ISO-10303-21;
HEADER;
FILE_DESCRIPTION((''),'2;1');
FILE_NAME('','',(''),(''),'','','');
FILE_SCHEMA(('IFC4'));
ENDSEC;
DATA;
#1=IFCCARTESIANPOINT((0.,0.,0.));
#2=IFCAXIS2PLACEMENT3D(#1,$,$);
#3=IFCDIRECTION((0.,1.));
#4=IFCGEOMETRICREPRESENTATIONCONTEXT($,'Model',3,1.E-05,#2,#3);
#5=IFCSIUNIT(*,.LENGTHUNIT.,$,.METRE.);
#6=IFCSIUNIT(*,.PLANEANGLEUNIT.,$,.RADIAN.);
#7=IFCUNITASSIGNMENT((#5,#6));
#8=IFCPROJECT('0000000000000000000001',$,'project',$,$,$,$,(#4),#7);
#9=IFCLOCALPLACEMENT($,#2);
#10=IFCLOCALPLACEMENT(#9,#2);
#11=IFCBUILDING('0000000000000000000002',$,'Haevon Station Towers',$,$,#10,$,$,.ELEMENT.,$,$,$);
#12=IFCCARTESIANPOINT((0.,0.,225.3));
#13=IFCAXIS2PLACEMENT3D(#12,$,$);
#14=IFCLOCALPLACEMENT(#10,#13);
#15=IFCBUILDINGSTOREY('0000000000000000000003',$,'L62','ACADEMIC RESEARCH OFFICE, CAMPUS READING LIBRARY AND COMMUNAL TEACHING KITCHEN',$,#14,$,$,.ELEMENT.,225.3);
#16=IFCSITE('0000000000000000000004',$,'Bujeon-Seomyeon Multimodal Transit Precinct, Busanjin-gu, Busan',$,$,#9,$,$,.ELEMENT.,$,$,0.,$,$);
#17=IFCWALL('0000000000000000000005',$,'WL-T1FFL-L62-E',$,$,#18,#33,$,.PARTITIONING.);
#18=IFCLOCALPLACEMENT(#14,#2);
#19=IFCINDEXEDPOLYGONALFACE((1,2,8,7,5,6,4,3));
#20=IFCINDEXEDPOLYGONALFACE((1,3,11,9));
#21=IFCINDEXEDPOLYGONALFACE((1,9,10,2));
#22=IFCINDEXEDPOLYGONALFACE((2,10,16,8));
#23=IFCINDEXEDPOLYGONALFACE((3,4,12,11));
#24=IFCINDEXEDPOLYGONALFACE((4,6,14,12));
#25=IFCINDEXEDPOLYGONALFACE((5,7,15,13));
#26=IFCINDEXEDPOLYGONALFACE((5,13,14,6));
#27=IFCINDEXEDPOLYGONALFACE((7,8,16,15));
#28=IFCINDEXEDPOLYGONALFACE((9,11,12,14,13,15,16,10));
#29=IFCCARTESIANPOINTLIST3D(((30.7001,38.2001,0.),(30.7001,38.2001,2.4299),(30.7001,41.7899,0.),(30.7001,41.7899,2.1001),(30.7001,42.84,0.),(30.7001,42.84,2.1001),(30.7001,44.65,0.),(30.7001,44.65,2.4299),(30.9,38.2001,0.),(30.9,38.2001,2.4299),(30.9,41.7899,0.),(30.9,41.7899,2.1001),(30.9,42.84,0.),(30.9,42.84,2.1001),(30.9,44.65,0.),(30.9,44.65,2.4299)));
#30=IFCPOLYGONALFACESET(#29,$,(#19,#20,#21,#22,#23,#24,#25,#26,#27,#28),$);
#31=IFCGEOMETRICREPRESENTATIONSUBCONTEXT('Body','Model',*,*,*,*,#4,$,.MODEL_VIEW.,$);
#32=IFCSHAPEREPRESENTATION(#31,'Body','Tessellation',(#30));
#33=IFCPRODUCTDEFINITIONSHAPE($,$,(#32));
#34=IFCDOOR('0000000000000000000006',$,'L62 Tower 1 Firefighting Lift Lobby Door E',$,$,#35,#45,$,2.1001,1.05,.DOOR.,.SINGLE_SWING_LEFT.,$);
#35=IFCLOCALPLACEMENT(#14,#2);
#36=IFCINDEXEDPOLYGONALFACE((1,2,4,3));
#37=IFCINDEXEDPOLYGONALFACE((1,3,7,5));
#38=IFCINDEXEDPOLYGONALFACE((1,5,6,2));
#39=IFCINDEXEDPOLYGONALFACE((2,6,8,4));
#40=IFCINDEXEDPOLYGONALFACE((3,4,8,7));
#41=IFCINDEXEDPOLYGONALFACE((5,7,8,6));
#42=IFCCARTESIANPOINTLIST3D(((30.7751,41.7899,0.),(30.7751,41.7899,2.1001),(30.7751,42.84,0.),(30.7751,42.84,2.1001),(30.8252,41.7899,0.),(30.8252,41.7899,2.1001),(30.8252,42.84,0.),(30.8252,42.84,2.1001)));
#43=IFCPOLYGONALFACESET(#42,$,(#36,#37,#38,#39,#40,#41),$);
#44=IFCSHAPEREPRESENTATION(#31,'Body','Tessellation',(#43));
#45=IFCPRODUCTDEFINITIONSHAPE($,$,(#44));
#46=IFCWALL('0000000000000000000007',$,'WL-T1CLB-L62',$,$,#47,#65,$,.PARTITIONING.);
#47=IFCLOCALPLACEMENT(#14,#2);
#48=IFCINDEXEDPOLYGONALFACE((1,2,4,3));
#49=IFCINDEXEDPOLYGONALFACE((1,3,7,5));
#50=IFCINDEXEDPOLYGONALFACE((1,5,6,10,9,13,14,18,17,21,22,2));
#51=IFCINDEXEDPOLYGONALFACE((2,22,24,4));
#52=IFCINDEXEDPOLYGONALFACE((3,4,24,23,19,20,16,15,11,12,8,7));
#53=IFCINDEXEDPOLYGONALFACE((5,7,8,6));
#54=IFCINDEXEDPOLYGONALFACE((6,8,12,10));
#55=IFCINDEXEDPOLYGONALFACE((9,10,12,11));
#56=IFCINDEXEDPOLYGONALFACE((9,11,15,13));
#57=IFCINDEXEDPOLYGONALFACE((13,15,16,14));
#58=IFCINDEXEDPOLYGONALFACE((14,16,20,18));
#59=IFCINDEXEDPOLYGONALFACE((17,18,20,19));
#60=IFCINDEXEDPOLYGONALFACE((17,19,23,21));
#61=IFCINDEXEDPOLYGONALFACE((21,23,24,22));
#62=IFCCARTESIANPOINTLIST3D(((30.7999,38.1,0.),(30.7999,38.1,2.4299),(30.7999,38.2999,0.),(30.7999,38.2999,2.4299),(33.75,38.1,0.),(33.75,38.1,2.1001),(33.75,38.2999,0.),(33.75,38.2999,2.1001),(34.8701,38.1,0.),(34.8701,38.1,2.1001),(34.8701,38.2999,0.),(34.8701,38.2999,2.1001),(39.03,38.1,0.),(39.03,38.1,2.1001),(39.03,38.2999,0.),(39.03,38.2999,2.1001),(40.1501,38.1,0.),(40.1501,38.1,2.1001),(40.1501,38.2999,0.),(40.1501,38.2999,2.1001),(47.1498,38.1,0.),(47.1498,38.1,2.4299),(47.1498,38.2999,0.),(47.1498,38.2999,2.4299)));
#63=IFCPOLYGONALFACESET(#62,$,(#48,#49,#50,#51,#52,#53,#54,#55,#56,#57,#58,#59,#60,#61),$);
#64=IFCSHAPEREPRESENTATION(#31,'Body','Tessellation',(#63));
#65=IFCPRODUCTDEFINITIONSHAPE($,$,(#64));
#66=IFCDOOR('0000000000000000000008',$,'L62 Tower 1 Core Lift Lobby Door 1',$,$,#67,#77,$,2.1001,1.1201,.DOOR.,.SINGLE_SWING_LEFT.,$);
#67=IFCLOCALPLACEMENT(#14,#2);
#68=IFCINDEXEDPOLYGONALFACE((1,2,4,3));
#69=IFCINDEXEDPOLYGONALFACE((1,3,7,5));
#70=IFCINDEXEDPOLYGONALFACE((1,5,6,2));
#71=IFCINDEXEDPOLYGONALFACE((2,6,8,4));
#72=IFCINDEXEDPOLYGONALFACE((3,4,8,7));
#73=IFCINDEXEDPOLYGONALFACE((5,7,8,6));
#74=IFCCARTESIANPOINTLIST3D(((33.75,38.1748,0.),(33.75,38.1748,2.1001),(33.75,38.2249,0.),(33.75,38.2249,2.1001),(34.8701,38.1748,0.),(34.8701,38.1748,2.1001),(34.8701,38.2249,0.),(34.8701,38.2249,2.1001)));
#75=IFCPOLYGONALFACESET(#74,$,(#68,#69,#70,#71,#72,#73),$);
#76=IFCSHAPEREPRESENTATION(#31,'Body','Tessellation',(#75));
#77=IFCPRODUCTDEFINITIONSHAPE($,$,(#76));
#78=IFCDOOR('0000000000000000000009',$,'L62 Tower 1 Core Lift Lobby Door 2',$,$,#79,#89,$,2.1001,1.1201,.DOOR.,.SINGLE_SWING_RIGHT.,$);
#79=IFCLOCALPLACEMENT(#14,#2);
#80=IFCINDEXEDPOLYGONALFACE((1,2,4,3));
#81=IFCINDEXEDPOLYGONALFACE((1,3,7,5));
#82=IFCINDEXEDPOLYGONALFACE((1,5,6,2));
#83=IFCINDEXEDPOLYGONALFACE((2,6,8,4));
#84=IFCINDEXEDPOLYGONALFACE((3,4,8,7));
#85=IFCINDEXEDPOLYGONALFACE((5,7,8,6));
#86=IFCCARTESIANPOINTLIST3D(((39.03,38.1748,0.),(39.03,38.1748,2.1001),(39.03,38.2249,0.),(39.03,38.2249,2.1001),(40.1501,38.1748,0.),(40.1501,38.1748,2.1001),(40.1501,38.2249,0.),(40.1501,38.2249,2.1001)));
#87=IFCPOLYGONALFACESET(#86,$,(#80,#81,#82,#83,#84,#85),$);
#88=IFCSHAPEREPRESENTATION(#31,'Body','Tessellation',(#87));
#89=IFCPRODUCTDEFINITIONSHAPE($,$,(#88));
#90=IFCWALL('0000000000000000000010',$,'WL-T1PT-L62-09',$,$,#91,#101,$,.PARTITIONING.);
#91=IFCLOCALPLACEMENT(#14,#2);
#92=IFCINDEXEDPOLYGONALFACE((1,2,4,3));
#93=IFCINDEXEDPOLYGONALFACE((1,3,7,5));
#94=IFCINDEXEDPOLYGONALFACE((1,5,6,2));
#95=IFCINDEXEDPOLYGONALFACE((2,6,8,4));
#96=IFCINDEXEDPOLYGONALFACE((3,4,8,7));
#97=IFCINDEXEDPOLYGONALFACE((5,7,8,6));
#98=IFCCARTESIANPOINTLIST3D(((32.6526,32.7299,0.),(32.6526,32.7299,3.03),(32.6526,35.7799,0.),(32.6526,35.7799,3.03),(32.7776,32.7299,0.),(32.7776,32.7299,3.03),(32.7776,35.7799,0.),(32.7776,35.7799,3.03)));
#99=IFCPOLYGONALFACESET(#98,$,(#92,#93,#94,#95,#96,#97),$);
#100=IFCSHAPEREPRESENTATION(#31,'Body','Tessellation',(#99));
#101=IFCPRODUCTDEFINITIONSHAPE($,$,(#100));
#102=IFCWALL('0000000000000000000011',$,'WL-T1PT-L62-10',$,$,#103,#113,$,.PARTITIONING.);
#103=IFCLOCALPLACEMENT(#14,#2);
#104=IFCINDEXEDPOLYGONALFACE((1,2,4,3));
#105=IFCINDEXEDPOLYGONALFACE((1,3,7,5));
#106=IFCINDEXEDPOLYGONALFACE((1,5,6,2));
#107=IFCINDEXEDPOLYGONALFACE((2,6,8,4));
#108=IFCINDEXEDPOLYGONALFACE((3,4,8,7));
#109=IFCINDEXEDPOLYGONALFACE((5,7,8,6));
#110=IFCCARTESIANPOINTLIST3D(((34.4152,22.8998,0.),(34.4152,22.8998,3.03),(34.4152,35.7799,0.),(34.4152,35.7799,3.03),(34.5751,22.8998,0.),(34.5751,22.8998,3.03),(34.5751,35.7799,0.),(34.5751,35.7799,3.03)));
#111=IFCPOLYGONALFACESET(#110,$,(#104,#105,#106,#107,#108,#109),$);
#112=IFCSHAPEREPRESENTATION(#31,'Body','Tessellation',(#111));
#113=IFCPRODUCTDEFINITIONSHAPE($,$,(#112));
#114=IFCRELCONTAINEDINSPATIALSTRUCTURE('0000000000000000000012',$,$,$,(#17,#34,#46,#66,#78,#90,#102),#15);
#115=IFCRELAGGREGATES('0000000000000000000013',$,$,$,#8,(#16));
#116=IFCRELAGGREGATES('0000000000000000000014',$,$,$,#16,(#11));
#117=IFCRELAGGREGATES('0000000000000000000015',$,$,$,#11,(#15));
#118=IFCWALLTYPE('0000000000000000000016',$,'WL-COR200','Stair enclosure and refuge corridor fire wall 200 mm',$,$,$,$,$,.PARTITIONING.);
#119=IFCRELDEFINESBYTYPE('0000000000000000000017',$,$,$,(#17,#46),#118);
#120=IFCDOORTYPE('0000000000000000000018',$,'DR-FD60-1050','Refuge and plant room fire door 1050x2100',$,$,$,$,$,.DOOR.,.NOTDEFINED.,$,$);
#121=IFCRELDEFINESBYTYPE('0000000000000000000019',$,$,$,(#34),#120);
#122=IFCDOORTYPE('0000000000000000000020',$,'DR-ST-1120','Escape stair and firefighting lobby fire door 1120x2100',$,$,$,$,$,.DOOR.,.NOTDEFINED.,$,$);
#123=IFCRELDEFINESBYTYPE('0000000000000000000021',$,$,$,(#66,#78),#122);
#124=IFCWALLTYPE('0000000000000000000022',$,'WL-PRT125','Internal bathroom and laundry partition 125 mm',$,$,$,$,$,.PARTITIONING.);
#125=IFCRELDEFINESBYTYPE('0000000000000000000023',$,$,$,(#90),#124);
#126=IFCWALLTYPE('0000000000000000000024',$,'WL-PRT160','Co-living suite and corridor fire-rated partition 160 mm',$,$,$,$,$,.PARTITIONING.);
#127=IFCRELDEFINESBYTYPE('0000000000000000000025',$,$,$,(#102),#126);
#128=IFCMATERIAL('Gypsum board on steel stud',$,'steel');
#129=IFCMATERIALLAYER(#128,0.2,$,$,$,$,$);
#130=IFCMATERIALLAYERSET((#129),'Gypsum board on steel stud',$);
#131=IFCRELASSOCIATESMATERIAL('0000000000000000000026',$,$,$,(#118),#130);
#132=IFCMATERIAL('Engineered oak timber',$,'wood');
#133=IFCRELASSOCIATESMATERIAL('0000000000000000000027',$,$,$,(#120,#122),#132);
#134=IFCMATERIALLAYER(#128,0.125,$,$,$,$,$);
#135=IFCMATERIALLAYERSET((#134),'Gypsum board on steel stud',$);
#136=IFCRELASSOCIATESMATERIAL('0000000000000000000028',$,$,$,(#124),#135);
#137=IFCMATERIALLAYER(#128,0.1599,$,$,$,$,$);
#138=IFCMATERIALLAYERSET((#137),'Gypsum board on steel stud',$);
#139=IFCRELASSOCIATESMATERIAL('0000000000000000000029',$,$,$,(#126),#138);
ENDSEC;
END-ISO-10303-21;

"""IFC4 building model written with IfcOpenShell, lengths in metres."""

from ifc_helpers import new_model, si_unit, direction, frame, frame_2d, origin, place, context, subcontext, project, spatial, rectangle, extrude, material, layer, layer_set, type_object, element, fill, save


model = new_model("IFC4")

# Units and contexts
model_context = context("Model", 3, precision=1e-05, world=origin(), true_north=direction((0.0, 1.0)))
body_context = subcontext(model_context, "Body", "Model", "MODEL_VIEW")
ifc_project = project(units=[si_unit("LENGTHUNIT", "METRE"), si_unit("PLANEANGLEUNIT", "RADIAN")], contexts=[model_context])

# Site, building, storey
site_placement = place(None, origin())
site = spatial("IfcSite", under=ifc_project, at=site_placement, Name="Bujeon-Seomyeon Multimodal Transit Precinct, Busanjin-gu, Busan", CompositionType="ELEMENT", RefElevation=0.0)
building_placement = place(site_placement, origin())
building = spatial("IfcBuilding", under=site, at=building_placement, Name="Haevon Station Towers", CompositionType="ELEMENT")
storey_placement = place(building_placement, frame((0.0, 0.0, 225.3)))
storey = spatial("IfcBuildingStorey", under=building, at=storey_placement, Name="L62", Description="ACADEMIC RESEARCH OFFICE, CAMPUS READING LIBRARY AND COMMUNAL TEACHING KITCHEN", CompositionType="ELEMENT", Elevation=225.3)

# Wall, opening, door
ifc_material_1 = material(Name="Gypsum board on steel stud", Category="steel")
ifc_layer_1 = layer(ifc_material_1, 0.2)
ifc_layer_set_1 = layer_set([ifc_layer_1], Name="Gypsum board on steel stud")
wall_type_1 = type_object("IfcWallType", Name="WL-COR200", Description="Stair enclosure and refuge corridor fire wall 200 mm", PredefinedType="PARTITIONING", material=ifc_layer_set_1)
wall_1_placement = place(storey_placement, frame((30.8, 38.2, 0.0), z_axis=(0.0, 0.0, 1.0), x_axis=(0.0, 1.0, 0.0)))
wall_1 = element("IfcWall", 1, at=wall_1_placement, inside=storey, type_object=wall_type_1, Name="WL-T1FFL-L62-E", PredefinedType="PARTITIONING", context=body_context, shape_type="SweptSolid", body=[
    extrude(rectangle(XDim=6.45, YDim=0.2, at=frame_2d((3.2251, 0.0))), origin(), (0.0, 0.0, 1.0), 2.4299),
])
opening_1_placement = place(wall_1_placement, frame((3.5901, 0.0, 0.0)))
opening_1 = element("IfcOpeningElement", 2, at=opening_1_placement, cuts=wall_1, PredefinedType="OPENING", context=body_context, shape_type="SweptSolid", body=[
    extrude(rectangle(XDim=1.05, YDim=2.1001, at=frame_2d((0.5249, 1.05))), frame((0.0, 0.1099, 0.0), z_axis=(0.0, -1.0, 0.0), x_axis=(1.0, 0.0, 0.0)), (0.0, 0.0, 1.0), 0.22),
])
ifc_material_2 = material(Name="Engineered oak timber", Category="wood")
door_type_1 = type_object("IfcDoorType", Name="DR-FD60-1050", Description="Refuge and plant room fire door 1050x2100", OperationType="NOTDEFINED", PredefinedType="DOOR", material=ifc_material_2)
door_1_placement = place(opening_1_placement, origin())
door_1 = element("IfcDoor", 3, at=door_1_placement, inside=storey, type_object=door_type_1, Name="L62 Tower 1 Firefighting Lift Lobby Door E", OperationType="SINGLE_SWING_LEFT", OverallHeight=2.1001, OverallWidth=1.05, PredefinedType="DOOR", context=body_context, shape_type="SweptSolid", body=[
    extrude(rectangle(XDim=1.05, YDim=2.1001, at=frame_2d((0.5249, 1.05))), frame((0.0, 0.0249, 0.0), z_axis=(0.0, -1.0, 0.0), x_axis=(1.0, 0.0, 0.0)), (0.0, 0.0, 1.0), 0.05),
])
fill(opening_1, door_1)

# Wall, openings, doors
wall_2_placement = place(storey_placement, frame((30.8, 38.2, 0.0), z_axis=(0.0, 0.0, 1.0), x_axis=(1.0, 0.0, 0.0)))
wall_2 = element("IfcWall", 4, at=wall_2_placement, inside=storey, type_object=wall_type_1, Name="WL-T1CLB-L62", PredefinedType="PARTITIONING", context=body_context, shape_type="SweptSolid", body=[
    extrude(rectangle(XDim=16.3499, YDim=0.2, at=frame_2d((8.1748, 0.0))), origin(), (0.0, 0.0, 1.0), 2.4299),
])
opening_2_placement = place(wall_2_placement, frame((2.95, 0.0, 0.0)))
opening_2 = element("IfcOpeningElement", 5, at=opening_2_placement, cuts=wall_2, PredefinedType="OPENING", context=body_context, shape_type="SweptSolid", body=[
    extrude(rectangle(XDim=1.1201, YDim=2.1001, at=frame_2d((0.5601, 1.05))), frame((0.0, 0.1099, 0.0), z_axis=(0.0, -1.0, 0.0), x_axis=(1.0, 0.0, 0.0)), (0.0, 0.0, 1.0), 0.22),
])
opening_3_placement = place(wall_2_placement, frame((8.23, 0.0, 0.0)))
opening_3 = element("IfcOpeningElement", 6, at=opening_3_placement, cuts=wall_2, PredefinedType="OPENING", context=body_context, shape_type="SweptSolid", body=[
    extrude(rectangle(XDim=1.1201, YDim=2.1001, at=frame_2d((0.5601, 1.05))), frame((0.0, 0.1099, 0.0), z_axis=(0.0, -1.0, 0.0), x_axis=(1.0, 0.0, 0.0)), (0.0, 0.0, 1.0), 0.22),
])
door_type_2 = type_object("IfcDoorType", Name="DR-ST-1120", Description="Escape stair and firefighting lobby fire door 1120x2100", OperationType="NOTDEFINED", PredefinedType="DOOR", material=ifc_material_2)
door_2_placement = place(opening_2_placement, origin())
door_2 = element("IfcDoor", 7, at=door_2_placement, inside=storey, type_object=door_type_2, Name="L62 Tower 1 Core Lift Lobby Door 1", OperationType="SINGLE_SWING_LEFT", OverallHeight=2.1001, OverallWidth=1.1201, PredefinedType="DOOR", context=body_context, shape_type="SweptSolid", body=[
    extrude(rectangle(XDim=1.1201, YDim=2.1001, at=frame_2d((0.5601, 1.05))), frame((0.0, 0.0249, 0.0), z_axis=(0.0, -1.0, 0.0), x_axis=(1.0, 0.0, 0.0)), (0.0, 0.0, 1.0), 0.05),
])
fill(opening_2, door_2)
door_3_placement = place(opening_3_placement, origin())
door_3 = element("IfcDoor", 8, at=door_3_placement, inside=storey, type_object=door_type_2, Name="L62 Tower 1 Core Lift Lobby Door 2", OperationType="SINGLE_SWING_RIGHT", OverallHeight=2.1001, OverallWidth=1.1201, PredefinedType="DOOR", context=body_context, shape_type="SweptSolid", body=[
    extrude(rectangle(XDim=1.1201, YDim=2.1001, at=frame_2d((0.5601, 1.05))), frame((0.0, 0.0249, 0.0), z_axis=(0.0, -1.0, 0.0), x_axis=(1.0, 0.0, 0.0)), (0.0, 0.0, 1.0), 0.05),
])
fill(opening_3, door_3)

# Walls
ifc_layer_2 = layer(ifc_material_1, 0.125)
ifc_layer_set_2 = layer_set([ifc_layer_2], Name="Gypsum board on steel stud")
wall_type_2 = type_object("IfcWallType", Name="WL-PRT125", Description="Internal bathroom and laundry partition 125 mm", PredefinedType="PARTITIONING", material=ifc_layer_set_2)
wall_3_placement = place(storey_placement, frame((32.7151, 32.73, 0.0), z_axis=(0.0, 0.0, 1.0), x_axis=(0.0, 1.0, 0.0)))
element("IfcWall", 9, at=wall_3_placement, inside=storey, type_object=wall_type_2, Name="WL-T1PT-L62-09", PredefinedType="PARTITIONING", context=body_context, shape_type="SweptSolid", body=[
    extrude(rectangle(XDim=3.05, YDim=0.125, at=frame_2d((1.5249, 0.0))), origin(), (0.0, 0.0, 1.0), 3.03),
])
ifc_layer_3 = layer(ifc_material_1, 0.1599)
ifc_layer_set_3 = layer_set([ifc_layer_3], Name="Gypsum board on steel stud")
wall_type_3 = type_object("IfcWallType", Name="WL-PRT160", Description="Co-living suite and corridor fire-rated partition 160 mm", PredefinedType="PARTITIONING", material=ifc_layer_set_3)
wall_4_placement = place(storey_placement, frame((34.4951, 22.8999, 0.0), z_axis=(0.0, 0.0, 1.0), x_axis=(0.0, 1.0, 0.0)))
element("IfcWall", 10, at=wall_4_placement, inside=storey, type_object=wall_type_3, Name="WL-T1PT-L62-10", PredefinedType="PARTITIONING", context=body_context, shape_type="SweptSolid", body=[
    extrude(rectangle(XDim=12.8801, YDim=0.1599, at=frame_2d((6.4399, 0.0))), origin(), (0.0, 0.0, 1.0), 3.03),
])

save(model, "model.ifc")
